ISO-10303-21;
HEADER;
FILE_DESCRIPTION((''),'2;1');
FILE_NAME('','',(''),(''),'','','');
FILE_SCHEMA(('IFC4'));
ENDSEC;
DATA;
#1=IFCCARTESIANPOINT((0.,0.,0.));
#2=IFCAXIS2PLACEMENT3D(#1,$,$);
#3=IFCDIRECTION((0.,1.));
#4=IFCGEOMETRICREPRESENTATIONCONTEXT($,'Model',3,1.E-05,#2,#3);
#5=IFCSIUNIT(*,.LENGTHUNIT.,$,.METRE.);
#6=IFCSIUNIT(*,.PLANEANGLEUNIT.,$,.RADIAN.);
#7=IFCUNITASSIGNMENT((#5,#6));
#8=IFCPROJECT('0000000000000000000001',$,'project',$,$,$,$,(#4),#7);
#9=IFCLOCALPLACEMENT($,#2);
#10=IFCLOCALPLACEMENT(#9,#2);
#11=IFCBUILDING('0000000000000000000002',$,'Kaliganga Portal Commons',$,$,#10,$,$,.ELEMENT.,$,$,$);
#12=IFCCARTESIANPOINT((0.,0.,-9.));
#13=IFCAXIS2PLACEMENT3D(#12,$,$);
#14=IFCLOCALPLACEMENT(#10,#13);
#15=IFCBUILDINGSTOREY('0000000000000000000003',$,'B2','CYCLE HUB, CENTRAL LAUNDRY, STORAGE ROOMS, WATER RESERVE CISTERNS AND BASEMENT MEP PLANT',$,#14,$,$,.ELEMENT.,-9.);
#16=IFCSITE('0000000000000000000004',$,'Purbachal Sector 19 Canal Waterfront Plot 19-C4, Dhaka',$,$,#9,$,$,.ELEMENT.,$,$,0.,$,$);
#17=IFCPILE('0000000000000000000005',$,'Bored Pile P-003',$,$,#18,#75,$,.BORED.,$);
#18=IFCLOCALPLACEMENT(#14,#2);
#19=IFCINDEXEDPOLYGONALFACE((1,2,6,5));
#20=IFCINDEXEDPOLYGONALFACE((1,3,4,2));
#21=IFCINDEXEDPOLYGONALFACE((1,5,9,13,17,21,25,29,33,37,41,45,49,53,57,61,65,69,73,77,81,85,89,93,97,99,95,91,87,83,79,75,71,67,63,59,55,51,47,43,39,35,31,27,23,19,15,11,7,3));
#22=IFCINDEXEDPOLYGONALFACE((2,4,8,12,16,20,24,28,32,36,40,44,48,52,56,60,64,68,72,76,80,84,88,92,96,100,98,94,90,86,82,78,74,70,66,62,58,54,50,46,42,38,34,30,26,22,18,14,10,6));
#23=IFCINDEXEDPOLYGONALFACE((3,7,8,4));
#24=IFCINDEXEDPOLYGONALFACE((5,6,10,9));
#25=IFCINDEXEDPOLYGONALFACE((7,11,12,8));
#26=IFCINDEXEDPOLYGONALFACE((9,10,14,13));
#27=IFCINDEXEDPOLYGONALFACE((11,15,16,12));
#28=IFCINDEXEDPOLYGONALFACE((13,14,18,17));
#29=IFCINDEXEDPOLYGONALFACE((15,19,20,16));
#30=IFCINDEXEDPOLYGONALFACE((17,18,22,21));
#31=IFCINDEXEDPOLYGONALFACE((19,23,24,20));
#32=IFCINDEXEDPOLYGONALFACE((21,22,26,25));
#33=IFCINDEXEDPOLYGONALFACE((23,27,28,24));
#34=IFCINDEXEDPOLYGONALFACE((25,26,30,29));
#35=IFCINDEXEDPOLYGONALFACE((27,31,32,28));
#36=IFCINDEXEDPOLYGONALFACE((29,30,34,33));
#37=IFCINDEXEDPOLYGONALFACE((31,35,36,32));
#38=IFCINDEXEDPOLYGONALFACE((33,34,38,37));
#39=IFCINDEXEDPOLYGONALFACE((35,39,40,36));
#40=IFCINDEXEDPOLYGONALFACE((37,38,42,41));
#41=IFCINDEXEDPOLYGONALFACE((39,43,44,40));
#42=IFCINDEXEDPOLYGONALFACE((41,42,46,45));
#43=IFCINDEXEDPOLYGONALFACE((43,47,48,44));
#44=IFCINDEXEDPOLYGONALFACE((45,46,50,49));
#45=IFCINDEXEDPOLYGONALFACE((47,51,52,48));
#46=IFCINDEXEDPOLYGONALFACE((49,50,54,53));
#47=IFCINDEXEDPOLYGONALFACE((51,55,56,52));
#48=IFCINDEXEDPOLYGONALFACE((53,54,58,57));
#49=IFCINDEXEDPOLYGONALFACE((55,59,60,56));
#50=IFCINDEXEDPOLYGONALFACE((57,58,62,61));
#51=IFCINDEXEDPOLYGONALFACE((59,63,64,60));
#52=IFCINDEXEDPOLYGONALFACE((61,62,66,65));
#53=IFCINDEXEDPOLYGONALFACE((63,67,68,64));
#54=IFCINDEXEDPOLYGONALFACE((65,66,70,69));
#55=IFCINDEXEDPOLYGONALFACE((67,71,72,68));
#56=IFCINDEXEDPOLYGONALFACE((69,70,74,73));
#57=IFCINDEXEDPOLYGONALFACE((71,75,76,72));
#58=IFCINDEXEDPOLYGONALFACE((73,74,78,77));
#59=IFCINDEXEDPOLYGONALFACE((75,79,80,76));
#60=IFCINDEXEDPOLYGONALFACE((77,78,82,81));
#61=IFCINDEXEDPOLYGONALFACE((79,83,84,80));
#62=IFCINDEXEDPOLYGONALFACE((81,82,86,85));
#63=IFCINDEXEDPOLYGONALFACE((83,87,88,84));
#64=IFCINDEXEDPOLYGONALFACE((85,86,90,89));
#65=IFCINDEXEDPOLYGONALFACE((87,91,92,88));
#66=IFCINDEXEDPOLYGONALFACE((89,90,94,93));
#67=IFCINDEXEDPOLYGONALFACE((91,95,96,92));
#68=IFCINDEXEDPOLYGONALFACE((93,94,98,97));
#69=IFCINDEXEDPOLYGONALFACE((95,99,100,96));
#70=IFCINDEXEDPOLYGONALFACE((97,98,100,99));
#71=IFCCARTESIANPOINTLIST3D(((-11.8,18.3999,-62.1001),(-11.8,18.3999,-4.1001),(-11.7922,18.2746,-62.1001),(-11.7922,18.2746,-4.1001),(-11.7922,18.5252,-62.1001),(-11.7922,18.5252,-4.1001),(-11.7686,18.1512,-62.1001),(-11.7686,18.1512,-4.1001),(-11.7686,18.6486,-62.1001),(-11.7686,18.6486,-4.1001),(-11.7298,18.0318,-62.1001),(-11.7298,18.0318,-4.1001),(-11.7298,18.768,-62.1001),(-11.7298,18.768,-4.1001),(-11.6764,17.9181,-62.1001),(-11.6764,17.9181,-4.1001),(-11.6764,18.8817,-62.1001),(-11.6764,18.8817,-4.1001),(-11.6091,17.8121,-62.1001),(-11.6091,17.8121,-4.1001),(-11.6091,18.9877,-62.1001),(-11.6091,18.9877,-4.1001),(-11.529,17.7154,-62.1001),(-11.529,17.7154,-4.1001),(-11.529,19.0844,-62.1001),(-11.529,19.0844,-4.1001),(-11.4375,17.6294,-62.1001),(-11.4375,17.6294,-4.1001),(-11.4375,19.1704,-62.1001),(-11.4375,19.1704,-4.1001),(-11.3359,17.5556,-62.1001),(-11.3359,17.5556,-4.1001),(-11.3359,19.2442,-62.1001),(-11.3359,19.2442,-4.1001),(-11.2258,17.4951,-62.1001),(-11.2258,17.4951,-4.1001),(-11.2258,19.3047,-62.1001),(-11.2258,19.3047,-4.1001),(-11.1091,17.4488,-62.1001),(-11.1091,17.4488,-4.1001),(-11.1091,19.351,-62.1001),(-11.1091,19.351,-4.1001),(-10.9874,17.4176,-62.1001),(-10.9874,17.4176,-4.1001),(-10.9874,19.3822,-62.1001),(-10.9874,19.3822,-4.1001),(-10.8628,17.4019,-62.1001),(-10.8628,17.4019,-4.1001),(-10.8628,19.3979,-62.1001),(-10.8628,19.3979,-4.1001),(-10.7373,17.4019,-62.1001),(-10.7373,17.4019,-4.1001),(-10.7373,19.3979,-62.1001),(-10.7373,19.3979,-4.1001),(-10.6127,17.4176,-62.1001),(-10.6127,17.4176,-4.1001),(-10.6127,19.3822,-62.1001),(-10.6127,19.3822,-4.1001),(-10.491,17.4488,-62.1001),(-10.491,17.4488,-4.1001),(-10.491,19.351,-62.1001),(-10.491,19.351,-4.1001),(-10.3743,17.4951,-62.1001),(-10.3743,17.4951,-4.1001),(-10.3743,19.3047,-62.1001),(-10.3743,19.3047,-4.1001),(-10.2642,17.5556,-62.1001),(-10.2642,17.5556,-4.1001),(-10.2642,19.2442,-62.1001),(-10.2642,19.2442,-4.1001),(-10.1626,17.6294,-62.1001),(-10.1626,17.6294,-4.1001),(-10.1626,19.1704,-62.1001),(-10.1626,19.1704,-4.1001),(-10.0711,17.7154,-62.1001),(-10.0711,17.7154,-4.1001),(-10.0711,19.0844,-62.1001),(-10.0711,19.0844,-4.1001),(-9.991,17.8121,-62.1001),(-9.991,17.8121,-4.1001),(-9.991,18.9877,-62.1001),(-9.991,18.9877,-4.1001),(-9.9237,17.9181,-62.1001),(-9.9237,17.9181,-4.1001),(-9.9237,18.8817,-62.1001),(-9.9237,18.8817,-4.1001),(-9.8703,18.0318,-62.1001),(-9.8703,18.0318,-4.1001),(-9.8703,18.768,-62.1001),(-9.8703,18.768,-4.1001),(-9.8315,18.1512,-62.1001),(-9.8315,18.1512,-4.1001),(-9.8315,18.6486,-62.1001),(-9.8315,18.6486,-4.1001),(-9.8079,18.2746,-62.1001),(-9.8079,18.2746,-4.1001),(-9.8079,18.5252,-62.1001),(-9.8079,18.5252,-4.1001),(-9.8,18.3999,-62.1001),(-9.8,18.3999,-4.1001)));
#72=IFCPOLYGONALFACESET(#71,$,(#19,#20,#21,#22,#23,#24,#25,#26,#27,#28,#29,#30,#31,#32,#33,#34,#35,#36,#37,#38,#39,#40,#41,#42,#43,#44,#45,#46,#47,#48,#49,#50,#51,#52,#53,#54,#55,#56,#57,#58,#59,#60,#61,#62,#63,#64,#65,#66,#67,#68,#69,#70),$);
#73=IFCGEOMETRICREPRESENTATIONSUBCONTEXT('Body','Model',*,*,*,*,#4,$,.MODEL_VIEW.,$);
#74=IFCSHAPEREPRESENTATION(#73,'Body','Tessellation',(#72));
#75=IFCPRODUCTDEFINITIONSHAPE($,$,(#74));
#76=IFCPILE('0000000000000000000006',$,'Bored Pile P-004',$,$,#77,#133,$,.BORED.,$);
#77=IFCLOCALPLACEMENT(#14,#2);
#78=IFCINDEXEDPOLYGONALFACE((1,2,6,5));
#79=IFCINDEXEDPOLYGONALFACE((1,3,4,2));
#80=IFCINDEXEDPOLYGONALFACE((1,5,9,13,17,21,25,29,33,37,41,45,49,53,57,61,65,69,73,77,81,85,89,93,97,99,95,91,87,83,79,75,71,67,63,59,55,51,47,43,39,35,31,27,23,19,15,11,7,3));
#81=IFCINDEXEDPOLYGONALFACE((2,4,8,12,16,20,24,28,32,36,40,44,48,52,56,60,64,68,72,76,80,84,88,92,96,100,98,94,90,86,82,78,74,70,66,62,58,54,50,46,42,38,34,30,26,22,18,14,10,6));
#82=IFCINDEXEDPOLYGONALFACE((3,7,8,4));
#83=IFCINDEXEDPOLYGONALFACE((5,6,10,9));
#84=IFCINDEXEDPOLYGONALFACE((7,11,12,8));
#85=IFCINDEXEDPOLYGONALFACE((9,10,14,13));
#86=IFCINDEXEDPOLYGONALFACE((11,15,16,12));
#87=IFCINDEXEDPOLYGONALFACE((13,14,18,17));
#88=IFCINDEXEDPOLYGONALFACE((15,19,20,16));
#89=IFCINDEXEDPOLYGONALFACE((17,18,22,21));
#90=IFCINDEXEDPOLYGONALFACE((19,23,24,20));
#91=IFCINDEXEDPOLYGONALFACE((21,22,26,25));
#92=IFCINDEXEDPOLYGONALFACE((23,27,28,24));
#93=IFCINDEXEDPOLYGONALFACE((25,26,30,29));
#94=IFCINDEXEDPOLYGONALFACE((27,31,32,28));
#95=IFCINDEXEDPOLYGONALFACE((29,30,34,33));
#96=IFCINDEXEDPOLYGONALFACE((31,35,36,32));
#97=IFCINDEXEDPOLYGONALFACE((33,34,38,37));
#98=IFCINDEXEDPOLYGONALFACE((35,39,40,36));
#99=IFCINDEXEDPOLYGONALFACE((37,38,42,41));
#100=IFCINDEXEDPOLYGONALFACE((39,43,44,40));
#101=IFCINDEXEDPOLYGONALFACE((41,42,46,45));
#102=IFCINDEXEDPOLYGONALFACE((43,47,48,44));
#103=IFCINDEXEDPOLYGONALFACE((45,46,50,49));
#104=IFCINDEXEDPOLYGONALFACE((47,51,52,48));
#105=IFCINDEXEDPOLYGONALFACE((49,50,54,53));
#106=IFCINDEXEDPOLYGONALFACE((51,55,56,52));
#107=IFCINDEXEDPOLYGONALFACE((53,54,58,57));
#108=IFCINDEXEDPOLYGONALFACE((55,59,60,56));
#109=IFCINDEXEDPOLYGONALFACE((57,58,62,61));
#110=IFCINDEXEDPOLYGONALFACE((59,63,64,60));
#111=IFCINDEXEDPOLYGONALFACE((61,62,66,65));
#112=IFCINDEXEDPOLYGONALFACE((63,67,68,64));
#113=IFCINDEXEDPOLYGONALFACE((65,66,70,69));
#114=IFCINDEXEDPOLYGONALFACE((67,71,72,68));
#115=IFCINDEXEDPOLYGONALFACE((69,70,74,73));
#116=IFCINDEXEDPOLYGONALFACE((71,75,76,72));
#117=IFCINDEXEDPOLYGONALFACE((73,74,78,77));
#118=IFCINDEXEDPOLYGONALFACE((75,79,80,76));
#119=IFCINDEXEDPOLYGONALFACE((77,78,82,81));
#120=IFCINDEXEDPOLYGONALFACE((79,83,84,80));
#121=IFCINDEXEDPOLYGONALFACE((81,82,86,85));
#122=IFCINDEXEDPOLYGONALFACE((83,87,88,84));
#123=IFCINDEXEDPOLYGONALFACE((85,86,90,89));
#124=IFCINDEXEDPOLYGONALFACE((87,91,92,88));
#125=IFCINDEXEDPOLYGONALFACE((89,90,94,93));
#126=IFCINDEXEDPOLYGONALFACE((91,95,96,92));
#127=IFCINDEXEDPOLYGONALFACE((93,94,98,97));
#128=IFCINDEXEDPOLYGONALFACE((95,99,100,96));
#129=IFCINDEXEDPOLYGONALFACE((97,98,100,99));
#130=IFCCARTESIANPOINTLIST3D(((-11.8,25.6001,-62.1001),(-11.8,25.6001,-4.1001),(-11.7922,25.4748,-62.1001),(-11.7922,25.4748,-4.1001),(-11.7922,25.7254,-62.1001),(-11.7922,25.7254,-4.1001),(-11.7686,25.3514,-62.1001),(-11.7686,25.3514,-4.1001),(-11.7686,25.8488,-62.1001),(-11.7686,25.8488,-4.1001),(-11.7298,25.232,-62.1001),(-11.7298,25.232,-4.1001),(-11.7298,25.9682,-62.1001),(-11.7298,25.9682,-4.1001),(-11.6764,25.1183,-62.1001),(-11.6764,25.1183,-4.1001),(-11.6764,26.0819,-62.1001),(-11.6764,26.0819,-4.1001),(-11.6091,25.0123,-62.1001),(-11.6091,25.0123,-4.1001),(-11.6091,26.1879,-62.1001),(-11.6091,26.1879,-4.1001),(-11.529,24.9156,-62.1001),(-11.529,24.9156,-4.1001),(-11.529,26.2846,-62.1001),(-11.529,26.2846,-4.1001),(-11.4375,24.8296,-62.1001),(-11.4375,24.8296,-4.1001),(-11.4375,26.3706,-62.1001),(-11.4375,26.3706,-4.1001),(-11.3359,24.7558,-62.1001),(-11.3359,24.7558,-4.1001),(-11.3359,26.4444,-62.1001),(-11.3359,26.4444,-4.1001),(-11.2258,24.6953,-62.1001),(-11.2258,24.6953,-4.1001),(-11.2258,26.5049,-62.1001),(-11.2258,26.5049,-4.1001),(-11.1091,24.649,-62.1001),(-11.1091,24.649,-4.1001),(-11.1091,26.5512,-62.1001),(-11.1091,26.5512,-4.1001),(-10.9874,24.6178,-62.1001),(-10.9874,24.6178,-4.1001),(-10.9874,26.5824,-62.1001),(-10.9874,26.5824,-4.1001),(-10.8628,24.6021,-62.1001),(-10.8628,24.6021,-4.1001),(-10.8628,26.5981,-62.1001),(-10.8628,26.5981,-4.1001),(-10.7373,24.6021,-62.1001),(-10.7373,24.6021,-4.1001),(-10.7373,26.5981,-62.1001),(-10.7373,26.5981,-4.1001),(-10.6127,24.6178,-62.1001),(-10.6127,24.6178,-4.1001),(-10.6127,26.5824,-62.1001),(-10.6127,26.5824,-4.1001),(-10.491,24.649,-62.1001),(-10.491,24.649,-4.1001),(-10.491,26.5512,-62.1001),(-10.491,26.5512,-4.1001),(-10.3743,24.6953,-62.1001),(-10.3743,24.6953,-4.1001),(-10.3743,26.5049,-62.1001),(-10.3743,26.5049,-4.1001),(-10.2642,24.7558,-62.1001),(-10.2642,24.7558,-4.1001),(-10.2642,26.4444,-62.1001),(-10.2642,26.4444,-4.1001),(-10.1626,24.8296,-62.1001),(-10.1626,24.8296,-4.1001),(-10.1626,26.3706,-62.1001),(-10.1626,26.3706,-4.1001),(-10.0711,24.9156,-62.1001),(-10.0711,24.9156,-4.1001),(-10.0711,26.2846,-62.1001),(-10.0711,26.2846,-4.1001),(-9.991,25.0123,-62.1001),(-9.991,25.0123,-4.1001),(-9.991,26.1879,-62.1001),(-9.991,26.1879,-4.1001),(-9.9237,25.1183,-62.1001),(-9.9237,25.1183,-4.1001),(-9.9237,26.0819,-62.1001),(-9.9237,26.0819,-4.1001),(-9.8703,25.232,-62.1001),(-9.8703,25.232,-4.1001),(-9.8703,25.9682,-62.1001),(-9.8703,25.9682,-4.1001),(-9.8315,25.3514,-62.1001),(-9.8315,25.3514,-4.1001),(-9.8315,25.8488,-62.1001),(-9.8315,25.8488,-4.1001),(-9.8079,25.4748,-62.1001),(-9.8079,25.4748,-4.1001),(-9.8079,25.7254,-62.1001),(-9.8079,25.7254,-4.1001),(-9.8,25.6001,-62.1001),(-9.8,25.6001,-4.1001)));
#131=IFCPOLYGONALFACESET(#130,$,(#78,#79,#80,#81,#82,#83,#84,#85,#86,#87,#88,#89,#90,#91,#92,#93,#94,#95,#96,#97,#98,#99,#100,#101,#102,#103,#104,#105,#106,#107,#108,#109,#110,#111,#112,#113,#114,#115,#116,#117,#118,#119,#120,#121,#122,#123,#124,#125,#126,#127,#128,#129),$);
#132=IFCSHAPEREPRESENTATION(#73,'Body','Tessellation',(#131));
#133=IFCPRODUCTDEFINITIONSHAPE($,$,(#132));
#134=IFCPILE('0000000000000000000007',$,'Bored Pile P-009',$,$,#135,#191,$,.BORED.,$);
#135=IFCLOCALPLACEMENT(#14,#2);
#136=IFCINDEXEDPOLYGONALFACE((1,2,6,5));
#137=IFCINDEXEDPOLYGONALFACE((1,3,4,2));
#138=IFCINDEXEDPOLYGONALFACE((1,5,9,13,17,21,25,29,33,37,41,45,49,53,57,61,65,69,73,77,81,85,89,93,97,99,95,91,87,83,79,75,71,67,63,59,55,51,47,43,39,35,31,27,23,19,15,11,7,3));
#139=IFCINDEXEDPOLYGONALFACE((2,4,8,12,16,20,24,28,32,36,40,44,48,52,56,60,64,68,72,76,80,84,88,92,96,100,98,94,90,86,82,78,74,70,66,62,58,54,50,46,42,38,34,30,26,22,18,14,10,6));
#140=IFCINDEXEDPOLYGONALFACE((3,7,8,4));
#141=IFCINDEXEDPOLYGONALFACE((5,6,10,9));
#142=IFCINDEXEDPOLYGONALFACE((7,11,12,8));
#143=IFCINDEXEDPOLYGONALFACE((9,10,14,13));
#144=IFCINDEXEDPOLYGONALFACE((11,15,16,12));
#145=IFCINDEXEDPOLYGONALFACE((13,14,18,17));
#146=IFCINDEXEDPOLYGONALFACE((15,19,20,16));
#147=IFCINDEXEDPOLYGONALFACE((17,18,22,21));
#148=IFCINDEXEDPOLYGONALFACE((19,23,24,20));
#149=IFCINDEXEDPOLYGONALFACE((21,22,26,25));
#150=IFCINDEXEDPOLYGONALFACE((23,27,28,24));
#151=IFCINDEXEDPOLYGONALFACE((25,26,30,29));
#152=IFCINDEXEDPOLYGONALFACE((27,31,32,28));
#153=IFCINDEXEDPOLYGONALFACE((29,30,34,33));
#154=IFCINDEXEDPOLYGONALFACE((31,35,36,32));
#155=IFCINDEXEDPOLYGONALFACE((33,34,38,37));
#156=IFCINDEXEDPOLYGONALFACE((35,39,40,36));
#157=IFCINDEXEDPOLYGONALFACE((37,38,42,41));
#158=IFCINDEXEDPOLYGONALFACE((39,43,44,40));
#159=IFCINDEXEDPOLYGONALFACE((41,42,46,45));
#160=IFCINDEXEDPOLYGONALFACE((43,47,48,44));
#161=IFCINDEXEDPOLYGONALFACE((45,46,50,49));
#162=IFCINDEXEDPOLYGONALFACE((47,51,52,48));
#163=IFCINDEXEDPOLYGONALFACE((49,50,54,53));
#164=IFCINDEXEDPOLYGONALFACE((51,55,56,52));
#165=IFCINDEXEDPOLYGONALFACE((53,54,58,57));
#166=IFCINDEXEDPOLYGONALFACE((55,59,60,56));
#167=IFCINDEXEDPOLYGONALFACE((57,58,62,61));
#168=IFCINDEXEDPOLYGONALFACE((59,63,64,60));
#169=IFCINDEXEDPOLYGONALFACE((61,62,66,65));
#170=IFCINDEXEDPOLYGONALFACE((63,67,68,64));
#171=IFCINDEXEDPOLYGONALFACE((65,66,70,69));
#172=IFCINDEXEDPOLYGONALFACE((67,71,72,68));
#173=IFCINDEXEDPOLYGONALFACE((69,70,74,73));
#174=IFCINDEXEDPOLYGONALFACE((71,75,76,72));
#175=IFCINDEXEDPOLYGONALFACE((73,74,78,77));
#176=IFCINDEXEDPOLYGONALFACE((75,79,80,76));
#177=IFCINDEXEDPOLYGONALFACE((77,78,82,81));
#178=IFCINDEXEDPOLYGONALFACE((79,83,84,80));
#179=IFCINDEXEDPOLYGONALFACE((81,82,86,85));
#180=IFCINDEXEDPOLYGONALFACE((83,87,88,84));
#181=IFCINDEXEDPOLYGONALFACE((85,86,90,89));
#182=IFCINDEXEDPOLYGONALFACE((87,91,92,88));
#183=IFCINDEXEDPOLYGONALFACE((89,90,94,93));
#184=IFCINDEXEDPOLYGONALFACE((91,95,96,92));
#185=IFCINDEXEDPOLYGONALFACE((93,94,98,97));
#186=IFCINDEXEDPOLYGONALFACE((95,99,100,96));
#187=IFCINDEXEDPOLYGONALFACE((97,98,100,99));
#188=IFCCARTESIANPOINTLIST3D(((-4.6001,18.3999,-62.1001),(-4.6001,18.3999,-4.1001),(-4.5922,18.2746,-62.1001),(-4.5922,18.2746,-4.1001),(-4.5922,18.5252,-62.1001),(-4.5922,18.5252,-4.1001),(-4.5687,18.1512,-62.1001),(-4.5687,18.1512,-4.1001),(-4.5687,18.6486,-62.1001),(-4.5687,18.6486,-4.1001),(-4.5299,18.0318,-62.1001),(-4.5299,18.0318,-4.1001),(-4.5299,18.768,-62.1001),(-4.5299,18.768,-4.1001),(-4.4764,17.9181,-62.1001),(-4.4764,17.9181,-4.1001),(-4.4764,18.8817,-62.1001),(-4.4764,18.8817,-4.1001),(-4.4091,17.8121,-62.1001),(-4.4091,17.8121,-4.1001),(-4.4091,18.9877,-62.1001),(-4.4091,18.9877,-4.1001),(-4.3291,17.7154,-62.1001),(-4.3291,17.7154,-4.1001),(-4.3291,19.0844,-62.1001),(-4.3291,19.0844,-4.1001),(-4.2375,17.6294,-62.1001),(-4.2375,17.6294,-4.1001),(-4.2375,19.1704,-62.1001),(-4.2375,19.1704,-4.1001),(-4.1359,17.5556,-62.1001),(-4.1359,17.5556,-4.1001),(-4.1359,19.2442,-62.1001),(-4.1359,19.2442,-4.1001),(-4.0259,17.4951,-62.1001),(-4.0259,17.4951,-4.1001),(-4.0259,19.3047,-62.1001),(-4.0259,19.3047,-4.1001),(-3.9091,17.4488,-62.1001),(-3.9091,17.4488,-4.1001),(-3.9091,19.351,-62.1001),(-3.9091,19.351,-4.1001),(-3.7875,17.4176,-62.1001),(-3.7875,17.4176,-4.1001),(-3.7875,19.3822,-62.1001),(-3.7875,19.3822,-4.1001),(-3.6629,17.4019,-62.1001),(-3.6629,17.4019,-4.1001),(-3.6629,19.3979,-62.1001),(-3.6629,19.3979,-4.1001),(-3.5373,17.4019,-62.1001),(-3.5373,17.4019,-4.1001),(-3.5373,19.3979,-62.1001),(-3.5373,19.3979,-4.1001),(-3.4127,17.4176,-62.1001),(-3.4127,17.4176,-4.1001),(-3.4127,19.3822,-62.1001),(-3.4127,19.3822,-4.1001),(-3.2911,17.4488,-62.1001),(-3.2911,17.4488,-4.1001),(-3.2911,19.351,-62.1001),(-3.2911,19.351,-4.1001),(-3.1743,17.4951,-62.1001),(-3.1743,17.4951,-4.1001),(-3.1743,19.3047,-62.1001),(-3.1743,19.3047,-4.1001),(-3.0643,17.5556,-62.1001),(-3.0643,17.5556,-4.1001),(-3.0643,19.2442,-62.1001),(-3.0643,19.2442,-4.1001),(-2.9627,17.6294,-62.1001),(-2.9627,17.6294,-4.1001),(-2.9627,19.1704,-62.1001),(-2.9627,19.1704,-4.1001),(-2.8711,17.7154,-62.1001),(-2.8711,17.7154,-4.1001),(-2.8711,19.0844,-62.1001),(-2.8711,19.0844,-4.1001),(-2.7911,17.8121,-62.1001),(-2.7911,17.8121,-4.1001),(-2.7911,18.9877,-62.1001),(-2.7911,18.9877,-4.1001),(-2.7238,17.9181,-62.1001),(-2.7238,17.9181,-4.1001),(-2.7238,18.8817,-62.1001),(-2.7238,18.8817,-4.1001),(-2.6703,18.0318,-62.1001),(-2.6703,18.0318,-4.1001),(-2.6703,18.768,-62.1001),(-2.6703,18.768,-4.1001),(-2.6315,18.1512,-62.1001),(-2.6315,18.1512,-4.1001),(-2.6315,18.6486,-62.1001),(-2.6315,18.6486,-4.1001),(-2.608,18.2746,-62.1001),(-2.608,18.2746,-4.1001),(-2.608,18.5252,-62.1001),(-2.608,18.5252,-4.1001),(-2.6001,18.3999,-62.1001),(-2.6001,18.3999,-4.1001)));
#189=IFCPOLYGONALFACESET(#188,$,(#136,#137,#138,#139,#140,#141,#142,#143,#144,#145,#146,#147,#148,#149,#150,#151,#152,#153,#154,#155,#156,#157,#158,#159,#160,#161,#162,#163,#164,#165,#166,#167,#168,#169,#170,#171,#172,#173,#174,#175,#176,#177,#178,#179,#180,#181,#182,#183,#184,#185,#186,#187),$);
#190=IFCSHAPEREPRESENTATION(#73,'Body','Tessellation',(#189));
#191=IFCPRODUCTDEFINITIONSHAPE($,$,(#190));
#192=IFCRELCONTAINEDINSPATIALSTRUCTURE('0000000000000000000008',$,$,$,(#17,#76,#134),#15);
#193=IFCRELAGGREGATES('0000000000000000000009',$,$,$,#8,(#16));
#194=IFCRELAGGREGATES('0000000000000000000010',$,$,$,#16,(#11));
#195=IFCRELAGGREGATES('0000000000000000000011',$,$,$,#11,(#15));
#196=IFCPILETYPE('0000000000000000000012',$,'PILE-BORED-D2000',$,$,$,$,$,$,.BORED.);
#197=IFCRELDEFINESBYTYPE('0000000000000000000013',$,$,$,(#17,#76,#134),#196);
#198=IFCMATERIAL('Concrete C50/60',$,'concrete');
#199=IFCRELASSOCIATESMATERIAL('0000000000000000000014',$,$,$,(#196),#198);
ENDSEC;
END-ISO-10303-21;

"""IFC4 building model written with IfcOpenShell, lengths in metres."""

from ifc_helpers import new_model, si_unit, direction, frame, origin, origin_2d, place, context, subcontext, project, spatial, circle, extrude, material, material_profile, profile_set, type_object, element, save


model = new_model("IFC4")

# Units and contexts
model_context = context("Model", 3, precision=1e-05, world=origin(), true_north=direction((0.0, 1.0)))
body_context = subcontext(model_context, "Body", "Model", "MODEL_VIEW")
ifc_project = project(units=[si_unit("LENGTHUNIT", "METRE"), si_unit("PLANEANGLEUNIT", "RADIAN")], contexts=[model_context])

# Site, building, storey
site_placement = place(None, origin())
site = spatial("IfcSite", under=ifc_project, at=site_placement, Name="Purbachal Sector 19 Canal Waterfront Plot 19-C4, Dhaka", CompositionType="ELEMENT", RefElevation=0.0)
building_placement = place(site_placement, origin())
building = spatial("IfcBuilding", under=site, at=building_placement, Name="Kaliganga Portal Commons", CompositionType="ELEMENT")
storey_placement = place(building_placement, frame((0.0, 0.0, -9.0)))
storey = spatial("IfcBuildingStorey", under=building, at=storey_placement, Name="B2", Description="CYCLE HUB, CENTRAL LAUNDRY, STORAGE ROOMS, WATER RESERVE CISTERNS AND BASEMENT MEP PLANT", CompositionType="ELEMENT", Elevation=-9.0)

# Piles
ifc_material_1 = material(Name="Concrete C50/60", Category="concrete")
ifc_material_profile_1 = material_profile(ifc_material_1, circle(Radius=1.0, at=origin_2d()), Name="PILE D2000")
ifc_profile_set_1 = profile_set([ifc_material_profile_1], Name="Concrete C50/60")
pile_type = type_object("IfcPileType", Name="PILE-BORED-D2000", PredefinedType="BORED", material=ifc_profile_set_1)
for number, where, z_axis, x_axis, name in (
    (1, (-10.8, 18.3999, -4.1001), (0.0, 0.0, -1.0), (1.0, 0.0, 0.0), "Bored Pile P-003"),
    (2, (-10.8, 25.6001, -4.1001), (0.0, 0.0, -1.0), (1.0, 0.0, 0.0), "Bored Pile P-004"),
    (3, (-3.6001, 18.3999, -4.1001), (0.0, 0.0, -1.0), (1.0, 0.0, 0.0), "Bored Pile P-009"),
):
    element("IfcPile", number, at=place(storey_placement, frame(where, z_axis=z_axis, x_axis=x_axis)), inside=storey, type_object=pile_type, Name=name, PredefinedType="BORED", context=body_context, shape_type="SweptSolid", body=[
        extrude(circle(Radius=1.0, at=origin_2d()), origin(), (0.0, 0.0, 1.0), 58.0),
    ])

save(model, "model.ifc")
